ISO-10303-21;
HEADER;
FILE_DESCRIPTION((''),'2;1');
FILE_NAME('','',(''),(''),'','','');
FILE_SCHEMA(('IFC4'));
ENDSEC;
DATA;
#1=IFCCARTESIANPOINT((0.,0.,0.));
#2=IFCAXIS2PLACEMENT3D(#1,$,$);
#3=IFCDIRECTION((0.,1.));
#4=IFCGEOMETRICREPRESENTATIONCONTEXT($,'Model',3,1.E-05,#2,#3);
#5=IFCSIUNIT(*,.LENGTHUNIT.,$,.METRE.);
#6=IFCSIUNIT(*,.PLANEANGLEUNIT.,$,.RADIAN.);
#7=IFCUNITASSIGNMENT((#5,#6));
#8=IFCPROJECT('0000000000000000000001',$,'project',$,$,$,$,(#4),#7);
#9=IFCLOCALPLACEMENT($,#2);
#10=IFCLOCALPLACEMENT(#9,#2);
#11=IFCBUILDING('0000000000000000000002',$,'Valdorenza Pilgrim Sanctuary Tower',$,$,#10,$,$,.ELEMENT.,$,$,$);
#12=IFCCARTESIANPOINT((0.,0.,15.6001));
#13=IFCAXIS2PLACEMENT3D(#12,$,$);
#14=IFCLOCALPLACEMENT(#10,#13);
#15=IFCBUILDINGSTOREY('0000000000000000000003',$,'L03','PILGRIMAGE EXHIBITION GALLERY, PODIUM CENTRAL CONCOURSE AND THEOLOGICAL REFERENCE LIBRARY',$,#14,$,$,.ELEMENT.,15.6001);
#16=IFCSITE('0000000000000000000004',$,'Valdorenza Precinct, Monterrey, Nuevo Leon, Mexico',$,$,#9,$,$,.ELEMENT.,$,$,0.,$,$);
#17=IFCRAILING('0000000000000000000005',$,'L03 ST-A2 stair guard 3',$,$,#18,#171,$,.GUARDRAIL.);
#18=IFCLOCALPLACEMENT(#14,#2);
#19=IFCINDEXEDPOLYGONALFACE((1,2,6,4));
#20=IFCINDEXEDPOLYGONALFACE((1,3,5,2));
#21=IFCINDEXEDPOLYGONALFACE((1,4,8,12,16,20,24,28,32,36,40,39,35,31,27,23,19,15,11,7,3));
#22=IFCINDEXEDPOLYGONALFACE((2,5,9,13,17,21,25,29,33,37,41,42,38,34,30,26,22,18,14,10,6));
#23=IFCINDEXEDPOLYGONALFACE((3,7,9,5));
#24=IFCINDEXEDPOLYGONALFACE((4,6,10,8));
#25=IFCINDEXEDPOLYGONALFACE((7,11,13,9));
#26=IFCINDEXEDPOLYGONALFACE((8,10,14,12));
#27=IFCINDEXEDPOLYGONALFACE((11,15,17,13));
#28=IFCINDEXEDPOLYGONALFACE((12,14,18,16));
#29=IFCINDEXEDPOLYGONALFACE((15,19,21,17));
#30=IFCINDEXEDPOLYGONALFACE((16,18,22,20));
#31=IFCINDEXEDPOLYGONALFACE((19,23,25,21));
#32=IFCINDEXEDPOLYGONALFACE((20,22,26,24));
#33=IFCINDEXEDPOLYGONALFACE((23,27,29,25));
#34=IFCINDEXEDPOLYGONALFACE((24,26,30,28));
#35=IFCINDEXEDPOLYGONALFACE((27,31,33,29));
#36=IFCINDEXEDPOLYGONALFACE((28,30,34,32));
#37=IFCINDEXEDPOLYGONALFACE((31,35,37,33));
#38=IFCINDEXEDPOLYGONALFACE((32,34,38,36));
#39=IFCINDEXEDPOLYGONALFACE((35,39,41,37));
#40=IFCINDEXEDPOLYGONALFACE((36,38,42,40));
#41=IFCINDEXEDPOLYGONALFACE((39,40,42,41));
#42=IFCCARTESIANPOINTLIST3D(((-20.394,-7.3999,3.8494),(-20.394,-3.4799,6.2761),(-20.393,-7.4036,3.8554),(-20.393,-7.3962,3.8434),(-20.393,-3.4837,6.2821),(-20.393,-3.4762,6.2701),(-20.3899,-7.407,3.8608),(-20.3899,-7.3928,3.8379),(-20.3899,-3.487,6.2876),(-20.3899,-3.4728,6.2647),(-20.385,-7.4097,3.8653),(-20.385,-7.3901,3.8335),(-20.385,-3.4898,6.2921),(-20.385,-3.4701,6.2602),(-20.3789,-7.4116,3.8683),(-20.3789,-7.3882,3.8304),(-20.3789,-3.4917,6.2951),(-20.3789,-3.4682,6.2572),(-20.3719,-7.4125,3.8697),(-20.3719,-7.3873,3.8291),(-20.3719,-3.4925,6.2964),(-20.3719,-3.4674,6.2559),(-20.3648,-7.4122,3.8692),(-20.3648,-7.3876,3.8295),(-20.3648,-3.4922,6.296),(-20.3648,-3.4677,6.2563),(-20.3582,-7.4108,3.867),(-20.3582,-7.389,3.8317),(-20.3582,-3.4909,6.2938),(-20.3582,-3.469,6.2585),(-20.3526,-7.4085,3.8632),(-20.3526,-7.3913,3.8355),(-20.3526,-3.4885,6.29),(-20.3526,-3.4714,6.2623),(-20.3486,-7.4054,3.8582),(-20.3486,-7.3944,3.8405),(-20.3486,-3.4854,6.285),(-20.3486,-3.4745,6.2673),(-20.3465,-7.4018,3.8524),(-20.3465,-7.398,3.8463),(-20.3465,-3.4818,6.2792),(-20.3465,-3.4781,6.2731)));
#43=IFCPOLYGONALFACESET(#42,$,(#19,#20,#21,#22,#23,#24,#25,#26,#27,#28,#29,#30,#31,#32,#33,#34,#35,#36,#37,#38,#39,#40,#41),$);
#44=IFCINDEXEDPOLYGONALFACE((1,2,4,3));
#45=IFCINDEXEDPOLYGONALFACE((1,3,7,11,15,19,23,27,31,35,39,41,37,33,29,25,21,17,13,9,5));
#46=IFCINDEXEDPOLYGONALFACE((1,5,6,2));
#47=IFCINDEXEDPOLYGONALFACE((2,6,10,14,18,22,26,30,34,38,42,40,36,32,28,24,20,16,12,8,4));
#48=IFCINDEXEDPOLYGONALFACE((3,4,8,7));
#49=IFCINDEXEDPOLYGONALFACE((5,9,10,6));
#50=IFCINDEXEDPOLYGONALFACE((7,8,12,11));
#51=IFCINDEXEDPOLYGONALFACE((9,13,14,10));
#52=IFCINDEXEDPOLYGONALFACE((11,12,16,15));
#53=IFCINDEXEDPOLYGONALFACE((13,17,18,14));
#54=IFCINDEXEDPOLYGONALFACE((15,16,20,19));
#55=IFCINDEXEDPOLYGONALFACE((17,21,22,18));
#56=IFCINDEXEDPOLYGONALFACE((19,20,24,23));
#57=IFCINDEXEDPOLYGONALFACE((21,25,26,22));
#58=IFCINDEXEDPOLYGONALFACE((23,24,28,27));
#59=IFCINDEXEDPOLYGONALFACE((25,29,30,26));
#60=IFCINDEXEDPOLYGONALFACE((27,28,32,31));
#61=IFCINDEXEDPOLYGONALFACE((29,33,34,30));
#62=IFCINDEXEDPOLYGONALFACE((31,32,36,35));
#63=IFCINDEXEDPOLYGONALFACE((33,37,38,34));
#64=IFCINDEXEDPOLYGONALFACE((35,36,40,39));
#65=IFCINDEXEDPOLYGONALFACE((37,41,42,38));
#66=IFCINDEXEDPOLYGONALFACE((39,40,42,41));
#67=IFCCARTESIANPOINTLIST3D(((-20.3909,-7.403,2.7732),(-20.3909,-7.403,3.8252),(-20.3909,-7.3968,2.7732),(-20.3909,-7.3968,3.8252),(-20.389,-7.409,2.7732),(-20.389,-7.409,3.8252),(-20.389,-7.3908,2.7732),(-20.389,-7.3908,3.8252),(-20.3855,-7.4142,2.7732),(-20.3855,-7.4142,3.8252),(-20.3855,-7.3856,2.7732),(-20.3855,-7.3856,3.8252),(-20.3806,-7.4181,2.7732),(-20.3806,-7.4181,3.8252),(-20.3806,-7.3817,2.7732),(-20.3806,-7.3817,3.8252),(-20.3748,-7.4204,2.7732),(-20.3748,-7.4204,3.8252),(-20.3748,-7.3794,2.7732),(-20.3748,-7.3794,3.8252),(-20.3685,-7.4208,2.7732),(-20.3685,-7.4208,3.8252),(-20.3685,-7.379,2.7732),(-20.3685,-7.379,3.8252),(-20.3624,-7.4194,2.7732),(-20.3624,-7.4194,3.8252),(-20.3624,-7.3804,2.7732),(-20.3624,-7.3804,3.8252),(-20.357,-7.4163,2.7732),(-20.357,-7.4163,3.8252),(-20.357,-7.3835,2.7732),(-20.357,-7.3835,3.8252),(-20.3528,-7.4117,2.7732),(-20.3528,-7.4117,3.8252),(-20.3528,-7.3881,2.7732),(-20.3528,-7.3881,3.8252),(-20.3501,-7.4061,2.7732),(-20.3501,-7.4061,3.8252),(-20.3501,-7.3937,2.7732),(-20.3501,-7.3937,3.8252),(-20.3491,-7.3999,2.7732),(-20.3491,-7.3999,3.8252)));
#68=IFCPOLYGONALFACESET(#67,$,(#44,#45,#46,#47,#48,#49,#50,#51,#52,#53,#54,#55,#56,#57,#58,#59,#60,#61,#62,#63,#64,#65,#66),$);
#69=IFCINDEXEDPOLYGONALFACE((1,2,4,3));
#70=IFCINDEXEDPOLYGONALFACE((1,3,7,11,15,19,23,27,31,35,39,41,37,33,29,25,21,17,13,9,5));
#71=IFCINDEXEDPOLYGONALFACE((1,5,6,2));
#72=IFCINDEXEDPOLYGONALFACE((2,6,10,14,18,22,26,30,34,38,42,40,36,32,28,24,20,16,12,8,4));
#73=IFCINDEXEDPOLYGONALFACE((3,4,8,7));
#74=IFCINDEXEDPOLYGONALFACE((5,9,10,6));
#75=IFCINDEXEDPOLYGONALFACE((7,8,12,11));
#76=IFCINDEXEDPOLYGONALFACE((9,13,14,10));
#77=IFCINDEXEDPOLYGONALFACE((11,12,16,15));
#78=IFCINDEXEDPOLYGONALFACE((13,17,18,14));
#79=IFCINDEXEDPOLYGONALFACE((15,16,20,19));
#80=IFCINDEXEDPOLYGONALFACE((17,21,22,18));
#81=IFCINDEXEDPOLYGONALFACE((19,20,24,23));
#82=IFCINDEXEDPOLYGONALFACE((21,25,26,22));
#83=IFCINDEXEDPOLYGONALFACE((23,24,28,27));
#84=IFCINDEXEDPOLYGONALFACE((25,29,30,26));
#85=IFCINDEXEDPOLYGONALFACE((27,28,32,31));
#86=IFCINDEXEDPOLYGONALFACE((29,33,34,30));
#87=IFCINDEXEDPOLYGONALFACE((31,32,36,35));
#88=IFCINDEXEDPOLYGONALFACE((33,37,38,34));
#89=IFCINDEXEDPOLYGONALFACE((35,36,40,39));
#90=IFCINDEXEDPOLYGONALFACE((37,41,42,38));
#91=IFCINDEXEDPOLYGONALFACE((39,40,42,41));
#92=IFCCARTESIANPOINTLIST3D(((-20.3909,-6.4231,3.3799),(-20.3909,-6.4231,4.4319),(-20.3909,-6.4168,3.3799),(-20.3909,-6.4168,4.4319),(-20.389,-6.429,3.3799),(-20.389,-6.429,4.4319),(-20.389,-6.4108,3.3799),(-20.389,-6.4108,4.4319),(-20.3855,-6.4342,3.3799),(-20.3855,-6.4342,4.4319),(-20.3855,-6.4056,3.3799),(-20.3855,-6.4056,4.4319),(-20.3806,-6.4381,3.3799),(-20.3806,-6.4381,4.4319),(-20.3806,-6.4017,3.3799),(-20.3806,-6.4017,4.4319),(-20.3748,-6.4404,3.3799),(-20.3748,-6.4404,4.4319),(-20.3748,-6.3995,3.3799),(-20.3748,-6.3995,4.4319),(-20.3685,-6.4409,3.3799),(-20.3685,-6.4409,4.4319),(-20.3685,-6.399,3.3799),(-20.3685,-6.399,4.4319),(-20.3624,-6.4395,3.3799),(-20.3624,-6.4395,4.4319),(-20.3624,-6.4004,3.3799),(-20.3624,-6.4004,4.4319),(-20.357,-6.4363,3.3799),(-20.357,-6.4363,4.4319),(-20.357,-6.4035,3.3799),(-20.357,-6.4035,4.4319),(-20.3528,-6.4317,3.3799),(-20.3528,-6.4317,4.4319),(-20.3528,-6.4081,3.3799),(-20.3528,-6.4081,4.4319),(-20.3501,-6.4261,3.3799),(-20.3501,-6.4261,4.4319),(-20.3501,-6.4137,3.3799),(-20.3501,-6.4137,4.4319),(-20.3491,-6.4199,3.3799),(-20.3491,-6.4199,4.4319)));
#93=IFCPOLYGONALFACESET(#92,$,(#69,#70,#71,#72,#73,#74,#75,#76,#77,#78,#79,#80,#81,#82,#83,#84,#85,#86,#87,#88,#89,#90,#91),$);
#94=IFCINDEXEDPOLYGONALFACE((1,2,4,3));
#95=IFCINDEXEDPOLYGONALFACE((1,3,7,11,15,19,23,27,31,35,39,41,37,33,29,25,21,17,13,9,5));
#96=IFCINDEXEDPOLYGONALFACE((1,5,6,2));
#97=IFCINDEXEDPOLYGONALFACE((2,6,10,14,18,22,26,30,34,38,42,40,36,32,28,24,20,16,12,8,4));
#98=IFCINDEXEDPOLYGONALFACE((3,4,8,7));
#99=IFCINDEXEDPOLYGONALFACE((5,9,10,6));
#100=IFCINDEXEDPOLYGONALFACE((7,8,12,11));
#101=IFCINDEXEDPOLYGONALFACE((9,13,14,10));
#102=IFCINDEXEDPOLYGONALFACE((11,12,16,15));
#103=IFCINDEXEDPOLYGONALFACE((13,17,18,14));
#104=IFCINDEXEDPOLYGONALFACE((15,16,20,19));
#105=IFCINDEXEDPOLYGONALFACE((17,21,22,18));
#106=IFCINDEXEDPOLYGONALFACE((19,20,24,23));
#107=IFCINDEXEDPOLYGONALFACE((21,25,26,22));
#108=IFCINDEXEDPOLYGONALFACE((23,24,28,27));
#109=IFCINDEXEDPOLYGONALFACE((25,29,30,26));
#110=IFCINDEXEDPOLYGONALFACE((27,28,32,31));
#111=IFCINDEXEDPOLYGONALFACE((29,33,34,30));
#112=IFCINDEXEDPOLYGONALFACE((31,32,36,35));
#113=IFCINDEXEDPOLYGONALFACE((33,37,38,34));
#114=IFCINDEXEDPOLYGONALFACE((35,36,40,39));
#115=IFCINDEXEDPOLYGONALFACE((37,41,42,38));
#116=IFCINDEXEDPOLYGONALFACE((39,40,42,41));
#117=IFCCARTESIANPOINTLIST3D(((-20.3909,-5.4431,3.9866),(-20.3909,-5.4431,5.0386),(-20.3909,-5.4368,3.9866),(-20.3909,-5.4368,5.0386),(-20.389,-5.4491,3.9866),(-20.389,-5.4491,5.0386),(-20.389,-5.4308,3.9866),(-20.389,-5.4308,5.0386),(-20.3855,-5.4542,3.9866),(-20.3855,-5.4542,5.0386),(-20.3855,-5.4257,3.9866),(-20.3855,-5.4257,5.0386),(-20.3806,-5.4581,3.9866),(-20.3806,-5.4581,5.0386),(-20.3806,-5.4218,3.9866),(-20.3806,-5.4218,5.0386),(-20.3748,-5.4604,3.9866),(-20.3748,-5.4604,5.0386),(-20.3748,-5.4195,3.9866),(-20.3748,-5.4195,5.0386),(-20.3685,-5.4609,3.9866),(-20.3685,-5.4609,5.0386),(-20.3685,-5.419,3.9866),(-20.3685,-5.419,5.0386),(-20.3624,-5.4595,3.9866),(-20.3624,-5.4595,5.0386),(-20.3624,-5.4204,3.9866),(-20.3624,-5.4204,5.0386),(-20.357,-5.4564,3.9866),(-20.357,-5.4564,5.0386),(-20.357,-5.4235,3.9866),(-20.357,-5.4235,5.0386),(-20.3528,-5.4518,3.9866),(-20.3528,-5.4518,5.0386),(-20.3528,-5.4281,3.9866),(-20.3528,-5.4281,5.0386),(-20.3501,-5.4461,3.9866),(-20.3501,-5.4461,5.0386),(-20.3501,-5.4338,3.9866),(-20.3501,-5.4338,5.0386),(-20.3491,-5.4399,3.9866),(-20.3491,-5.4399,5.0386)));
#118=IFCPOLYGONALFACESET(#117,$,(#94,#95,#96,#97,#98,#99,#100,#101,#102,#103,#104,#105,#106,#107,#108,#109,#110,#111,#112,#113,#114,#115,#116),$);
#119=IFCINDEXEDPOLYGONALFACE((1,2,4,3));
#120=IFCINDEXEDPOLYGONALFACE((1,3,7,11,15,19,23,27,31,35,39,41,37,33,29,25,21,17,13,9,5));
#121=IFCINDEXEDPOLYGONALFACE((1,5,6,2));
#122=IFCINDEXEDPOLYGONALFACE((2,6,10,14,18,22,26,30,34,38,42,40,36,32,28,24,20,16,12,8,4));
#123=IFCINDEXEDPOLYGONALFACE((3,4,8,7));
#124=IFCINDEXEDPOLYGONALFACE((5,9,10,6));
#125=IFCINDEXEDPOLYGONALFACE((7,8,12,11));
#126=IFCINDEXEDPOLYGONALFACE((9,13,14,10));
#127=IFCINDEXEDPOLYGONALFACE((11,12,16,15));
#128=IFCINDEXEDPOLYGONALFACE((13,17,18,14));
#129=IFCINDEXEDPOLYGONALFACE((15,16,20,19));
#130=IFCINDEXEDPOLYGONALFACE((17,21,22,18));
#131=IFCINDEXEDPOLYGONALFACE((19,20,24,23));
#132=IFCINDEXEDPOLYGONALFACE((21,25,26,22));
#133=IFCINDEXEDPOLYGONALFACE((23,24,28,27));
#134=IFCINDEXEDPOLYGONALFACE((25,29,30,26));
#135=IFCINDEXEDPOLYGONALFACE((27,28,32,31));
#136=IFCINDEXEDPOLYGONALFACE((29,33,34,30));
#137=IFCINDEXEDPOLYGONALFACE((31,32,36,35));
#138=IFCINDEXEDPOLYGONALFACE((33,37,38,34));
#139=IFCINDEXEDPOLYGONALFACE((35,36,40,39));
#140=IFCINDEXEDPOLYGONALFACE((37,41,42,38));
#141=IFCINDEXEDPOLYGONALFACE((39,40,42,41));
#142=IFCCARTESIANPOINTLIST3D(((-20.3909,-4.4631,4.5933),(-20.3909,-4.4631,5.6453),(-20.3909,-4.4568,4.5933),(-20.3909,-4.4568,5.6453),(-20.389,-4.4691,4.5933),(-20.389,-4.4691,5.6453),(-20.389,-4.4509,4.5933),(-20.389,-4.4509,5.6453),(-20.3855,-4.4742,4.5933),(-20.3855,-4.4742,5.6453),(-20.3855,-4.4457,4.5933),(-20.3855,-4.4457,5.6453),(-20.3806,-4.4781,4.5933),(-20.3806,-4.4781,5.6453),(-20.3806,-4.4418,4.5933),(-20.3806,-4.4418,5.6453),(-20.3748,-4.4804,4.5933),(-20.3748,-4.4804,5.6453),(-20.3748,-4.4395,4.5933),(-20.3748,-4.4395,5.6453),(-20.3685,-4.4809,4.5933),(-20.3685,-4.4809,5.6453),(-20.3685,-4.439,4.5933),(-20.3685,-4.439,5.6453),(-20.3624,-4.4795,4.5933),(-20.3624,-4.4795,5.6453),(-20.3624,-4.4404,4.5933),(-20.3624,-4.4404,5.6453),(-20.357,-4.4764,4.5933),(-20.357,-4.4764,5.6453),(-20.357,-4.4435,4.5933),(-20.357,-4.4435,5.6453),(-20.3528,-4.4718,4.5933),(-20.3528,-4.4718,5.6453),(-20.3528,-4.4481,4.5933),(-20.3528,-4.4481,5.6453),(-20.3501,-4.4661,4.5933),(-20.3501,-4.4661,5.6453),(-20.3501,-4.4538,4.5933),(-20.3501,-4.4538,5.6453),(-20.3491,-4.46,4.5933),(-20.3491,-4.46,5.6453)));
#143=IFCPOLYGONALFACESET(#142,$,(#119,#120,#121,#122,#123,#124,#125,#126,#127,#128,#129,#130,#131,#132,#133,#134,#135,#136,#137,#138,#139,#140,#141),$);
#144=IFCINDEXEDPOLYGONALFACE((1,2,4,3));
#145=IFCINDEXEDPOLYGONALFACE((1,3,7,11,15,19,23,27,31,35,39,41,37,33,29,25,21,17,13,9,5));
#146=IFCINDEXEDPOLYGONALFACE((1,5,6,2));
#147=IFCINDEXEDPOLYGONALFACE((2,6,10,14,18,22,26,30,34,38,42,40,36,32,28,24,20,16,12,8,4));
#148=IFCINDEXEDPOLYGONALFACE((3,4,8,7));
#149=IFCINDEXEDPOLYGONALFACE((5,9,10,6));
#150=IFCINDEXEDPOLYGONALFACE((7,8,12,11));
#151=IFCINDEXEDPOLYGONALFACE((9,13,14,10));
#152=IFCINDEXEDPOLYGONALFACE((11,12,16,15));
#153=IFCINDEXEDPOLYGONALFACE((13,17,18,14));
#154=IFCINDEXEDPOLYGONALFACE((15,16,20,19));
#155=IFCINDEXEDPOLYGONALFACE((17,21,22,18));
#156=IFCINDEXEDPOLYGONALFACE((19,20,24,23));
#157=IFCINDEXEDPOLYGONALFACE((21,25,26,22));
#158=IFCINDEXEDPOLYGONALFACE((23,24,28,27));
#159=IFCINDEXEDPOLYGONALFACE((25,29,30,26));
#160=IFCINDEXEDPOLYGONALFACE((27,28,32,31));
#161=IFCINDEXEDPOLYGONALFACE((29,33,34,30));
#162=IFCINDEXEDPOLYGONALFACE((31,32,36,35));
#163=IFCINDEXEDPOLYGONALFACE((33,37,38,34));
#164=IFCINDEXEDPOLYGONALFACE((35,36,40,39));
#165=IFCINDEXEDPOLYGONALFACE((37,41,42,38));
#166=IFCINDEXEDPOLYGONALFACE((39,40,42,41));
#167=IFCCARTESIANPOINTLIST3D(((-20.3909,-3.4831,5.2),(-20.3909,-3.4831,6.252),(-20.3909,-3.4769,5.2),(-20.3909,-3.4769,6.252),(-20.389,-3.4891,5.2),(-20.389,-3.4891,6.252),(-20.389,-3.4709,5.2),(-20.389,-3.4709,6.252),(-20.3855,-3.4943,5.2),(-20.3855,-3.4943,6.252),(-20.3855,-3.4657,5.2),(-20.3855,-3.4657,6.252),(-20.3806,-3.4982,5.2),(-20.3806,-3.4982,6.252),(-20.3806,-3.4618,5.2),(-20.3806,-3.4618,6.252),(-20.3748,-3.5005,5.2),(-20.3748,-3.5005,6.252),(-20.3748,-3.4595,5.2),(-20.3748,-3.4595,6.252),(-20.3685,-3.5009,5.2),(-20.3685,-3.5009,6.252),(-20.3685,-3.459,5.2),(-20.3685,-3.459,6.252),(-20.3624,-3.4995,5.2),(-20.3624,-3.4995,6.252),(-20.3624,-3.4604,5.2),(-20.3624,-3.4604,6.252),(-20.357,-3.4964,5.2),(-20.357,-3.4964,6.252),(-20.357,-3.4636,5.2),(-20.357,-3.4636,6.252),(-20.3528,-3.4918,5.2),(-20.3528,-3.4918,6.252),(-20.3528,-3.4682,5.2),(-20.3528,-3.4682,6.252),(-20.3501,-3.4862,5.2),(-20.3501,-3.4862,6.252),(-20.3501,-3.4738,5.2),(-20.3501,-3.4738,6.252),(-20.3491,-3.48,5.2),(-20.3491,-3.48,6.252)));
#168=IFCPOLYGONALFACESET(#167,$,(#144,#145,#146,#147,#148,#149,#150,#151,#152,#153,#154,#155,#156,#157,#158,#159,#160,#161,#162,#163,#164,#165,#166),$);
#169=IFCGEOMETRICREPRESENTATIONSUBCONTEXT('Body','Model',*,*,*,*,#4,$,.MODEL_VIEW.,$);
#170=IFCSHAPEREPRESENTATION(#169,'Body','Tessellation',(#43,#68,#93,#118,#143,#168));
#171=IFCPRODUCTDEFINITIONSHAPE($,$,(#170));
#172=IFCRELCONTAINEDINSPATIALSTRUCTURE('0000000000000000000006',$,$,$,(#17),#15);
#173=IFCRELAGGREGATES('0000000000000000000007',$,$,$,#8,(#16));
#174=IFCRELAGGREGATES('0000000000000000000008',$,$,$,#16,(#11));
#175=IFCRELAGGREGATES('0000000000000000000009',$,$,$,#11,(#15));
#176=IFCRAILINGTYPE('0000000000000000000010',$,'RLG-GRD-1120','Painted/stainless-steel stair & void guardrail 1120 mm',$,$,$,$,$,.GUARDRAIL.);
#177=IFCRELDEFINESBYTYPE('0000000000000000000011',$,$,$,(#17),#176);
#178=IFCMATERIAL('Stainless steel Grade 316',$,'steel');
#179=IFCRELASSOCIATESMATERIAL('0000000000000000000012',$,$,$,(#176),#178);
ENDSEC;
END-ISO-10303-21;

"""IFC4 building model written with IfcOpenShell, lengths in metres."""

from ifc_helpers import new_model, si_unit, direction, frame, origin, origin_2d, place, context, subcontext, project, spatial, circle, extrude, material, type_object, element, save


model = new_model("IFC4")

# Units and contexts
model_context = context("Model", 3, precision=1e-05, world=origin(), true_north=direction((0.0, 1.0)))
body_context = subcontext(model_context, "Body", "Model", "MODEL_VIEW")
ifc_project = project(units=[si_unit("LENGTHUNIT", "METRE"), si_unit("PLANEANGLEUNIT", "RADIAN")], contexts=[model_context])

# Site, building, storey
site_placement = place(None, origin())
site = spatial("IfcSite", under=ifc_project, at=site_placement, Name="Valdorenza Precinct, Monterrey, Nuevo Leon, Mexico", CompositionType="ELEMENT", RefElevation=0.0)
building_placement = place(site_placement, origin())
building = spatial("IfcBuilding", under=site, at=building_placement, Name="Valdorenza Pilgrim Sanctuary Tower", CompositionType="ELEMENT")
storey_placement = place(building_placement, frame((0.0, 0.0, 15.6001)))
storey = spatial("IfcBuildingStorey", under=building, at=storey_placement, Name="L03", Description="PILGRIMAGE EXHIBITION GALLERY, PODIUM CENTRAL CONCOURSE AND THEOLOGICAL REFERENCE LIBRARY", CompositionType="ELEMENT", Elevation=15.6001)

# Railing
ifc_material_1 = material(Name="Stainless steel Grade 316", Category="steel")
railing_type_1 = type_object("IfcRailingType", Name="RLG-GRD-1120", Description="Painted/stainless-steel stair & void guardrail 1120 mm", PredefinedType="GUARDRAIL", material=ifc_material_1)
railing_1_placement = place(storey_placement, frame((-20.3701, -7.3999, 2.7732)))
element("IfcRailing", 1, at=railing_1_placement, inside=storey, type_object=railing_type_1, Name="L03 ST-A2 stair guard 3", PredefinedType="GUARDRAIL", context=body_context, shape_type="SweptSolid", body=[
    extrude(circle(Radius=0.0239, at=origin_2d()), frame((0.0, 0.0, 1.0762), z_axis=(0.0, 0.850252, 0.526376), x_axis=(-1.0, 0.0, 0.0)), (0.0, 0.0, 1.0), 4.6104),
    extrude(circle(Radius=0.021, at=origin_2d()), origin(), (0.0, 0.0, 1.0), 1.052),
    extrude(circle(Radius=0.021, at=origin_2d()), frame((0.0, 0.98, 0.6067)), (0.0, 0.0, 1.0), 1.052),
    extrude(circle(Radius=0.021, at=origin_2d()), frame((0.0, 1.96, 1.2134)), (0.0, 0.0, 1.0), 1.052),
    extrude(circle(Radius=0.021, at=origin_2d()), frame((0.0, 2.9399, 1.8201)), (0.0, 0.0, 1.0), 1.052),
    extrude(circle(Radius=0.021, at=origin_2d()), frame((0.0, 3.9199, 2.4268)), (0.0, 0.0, 1.0), 1.052),
])

save(model, "model.ifc")
